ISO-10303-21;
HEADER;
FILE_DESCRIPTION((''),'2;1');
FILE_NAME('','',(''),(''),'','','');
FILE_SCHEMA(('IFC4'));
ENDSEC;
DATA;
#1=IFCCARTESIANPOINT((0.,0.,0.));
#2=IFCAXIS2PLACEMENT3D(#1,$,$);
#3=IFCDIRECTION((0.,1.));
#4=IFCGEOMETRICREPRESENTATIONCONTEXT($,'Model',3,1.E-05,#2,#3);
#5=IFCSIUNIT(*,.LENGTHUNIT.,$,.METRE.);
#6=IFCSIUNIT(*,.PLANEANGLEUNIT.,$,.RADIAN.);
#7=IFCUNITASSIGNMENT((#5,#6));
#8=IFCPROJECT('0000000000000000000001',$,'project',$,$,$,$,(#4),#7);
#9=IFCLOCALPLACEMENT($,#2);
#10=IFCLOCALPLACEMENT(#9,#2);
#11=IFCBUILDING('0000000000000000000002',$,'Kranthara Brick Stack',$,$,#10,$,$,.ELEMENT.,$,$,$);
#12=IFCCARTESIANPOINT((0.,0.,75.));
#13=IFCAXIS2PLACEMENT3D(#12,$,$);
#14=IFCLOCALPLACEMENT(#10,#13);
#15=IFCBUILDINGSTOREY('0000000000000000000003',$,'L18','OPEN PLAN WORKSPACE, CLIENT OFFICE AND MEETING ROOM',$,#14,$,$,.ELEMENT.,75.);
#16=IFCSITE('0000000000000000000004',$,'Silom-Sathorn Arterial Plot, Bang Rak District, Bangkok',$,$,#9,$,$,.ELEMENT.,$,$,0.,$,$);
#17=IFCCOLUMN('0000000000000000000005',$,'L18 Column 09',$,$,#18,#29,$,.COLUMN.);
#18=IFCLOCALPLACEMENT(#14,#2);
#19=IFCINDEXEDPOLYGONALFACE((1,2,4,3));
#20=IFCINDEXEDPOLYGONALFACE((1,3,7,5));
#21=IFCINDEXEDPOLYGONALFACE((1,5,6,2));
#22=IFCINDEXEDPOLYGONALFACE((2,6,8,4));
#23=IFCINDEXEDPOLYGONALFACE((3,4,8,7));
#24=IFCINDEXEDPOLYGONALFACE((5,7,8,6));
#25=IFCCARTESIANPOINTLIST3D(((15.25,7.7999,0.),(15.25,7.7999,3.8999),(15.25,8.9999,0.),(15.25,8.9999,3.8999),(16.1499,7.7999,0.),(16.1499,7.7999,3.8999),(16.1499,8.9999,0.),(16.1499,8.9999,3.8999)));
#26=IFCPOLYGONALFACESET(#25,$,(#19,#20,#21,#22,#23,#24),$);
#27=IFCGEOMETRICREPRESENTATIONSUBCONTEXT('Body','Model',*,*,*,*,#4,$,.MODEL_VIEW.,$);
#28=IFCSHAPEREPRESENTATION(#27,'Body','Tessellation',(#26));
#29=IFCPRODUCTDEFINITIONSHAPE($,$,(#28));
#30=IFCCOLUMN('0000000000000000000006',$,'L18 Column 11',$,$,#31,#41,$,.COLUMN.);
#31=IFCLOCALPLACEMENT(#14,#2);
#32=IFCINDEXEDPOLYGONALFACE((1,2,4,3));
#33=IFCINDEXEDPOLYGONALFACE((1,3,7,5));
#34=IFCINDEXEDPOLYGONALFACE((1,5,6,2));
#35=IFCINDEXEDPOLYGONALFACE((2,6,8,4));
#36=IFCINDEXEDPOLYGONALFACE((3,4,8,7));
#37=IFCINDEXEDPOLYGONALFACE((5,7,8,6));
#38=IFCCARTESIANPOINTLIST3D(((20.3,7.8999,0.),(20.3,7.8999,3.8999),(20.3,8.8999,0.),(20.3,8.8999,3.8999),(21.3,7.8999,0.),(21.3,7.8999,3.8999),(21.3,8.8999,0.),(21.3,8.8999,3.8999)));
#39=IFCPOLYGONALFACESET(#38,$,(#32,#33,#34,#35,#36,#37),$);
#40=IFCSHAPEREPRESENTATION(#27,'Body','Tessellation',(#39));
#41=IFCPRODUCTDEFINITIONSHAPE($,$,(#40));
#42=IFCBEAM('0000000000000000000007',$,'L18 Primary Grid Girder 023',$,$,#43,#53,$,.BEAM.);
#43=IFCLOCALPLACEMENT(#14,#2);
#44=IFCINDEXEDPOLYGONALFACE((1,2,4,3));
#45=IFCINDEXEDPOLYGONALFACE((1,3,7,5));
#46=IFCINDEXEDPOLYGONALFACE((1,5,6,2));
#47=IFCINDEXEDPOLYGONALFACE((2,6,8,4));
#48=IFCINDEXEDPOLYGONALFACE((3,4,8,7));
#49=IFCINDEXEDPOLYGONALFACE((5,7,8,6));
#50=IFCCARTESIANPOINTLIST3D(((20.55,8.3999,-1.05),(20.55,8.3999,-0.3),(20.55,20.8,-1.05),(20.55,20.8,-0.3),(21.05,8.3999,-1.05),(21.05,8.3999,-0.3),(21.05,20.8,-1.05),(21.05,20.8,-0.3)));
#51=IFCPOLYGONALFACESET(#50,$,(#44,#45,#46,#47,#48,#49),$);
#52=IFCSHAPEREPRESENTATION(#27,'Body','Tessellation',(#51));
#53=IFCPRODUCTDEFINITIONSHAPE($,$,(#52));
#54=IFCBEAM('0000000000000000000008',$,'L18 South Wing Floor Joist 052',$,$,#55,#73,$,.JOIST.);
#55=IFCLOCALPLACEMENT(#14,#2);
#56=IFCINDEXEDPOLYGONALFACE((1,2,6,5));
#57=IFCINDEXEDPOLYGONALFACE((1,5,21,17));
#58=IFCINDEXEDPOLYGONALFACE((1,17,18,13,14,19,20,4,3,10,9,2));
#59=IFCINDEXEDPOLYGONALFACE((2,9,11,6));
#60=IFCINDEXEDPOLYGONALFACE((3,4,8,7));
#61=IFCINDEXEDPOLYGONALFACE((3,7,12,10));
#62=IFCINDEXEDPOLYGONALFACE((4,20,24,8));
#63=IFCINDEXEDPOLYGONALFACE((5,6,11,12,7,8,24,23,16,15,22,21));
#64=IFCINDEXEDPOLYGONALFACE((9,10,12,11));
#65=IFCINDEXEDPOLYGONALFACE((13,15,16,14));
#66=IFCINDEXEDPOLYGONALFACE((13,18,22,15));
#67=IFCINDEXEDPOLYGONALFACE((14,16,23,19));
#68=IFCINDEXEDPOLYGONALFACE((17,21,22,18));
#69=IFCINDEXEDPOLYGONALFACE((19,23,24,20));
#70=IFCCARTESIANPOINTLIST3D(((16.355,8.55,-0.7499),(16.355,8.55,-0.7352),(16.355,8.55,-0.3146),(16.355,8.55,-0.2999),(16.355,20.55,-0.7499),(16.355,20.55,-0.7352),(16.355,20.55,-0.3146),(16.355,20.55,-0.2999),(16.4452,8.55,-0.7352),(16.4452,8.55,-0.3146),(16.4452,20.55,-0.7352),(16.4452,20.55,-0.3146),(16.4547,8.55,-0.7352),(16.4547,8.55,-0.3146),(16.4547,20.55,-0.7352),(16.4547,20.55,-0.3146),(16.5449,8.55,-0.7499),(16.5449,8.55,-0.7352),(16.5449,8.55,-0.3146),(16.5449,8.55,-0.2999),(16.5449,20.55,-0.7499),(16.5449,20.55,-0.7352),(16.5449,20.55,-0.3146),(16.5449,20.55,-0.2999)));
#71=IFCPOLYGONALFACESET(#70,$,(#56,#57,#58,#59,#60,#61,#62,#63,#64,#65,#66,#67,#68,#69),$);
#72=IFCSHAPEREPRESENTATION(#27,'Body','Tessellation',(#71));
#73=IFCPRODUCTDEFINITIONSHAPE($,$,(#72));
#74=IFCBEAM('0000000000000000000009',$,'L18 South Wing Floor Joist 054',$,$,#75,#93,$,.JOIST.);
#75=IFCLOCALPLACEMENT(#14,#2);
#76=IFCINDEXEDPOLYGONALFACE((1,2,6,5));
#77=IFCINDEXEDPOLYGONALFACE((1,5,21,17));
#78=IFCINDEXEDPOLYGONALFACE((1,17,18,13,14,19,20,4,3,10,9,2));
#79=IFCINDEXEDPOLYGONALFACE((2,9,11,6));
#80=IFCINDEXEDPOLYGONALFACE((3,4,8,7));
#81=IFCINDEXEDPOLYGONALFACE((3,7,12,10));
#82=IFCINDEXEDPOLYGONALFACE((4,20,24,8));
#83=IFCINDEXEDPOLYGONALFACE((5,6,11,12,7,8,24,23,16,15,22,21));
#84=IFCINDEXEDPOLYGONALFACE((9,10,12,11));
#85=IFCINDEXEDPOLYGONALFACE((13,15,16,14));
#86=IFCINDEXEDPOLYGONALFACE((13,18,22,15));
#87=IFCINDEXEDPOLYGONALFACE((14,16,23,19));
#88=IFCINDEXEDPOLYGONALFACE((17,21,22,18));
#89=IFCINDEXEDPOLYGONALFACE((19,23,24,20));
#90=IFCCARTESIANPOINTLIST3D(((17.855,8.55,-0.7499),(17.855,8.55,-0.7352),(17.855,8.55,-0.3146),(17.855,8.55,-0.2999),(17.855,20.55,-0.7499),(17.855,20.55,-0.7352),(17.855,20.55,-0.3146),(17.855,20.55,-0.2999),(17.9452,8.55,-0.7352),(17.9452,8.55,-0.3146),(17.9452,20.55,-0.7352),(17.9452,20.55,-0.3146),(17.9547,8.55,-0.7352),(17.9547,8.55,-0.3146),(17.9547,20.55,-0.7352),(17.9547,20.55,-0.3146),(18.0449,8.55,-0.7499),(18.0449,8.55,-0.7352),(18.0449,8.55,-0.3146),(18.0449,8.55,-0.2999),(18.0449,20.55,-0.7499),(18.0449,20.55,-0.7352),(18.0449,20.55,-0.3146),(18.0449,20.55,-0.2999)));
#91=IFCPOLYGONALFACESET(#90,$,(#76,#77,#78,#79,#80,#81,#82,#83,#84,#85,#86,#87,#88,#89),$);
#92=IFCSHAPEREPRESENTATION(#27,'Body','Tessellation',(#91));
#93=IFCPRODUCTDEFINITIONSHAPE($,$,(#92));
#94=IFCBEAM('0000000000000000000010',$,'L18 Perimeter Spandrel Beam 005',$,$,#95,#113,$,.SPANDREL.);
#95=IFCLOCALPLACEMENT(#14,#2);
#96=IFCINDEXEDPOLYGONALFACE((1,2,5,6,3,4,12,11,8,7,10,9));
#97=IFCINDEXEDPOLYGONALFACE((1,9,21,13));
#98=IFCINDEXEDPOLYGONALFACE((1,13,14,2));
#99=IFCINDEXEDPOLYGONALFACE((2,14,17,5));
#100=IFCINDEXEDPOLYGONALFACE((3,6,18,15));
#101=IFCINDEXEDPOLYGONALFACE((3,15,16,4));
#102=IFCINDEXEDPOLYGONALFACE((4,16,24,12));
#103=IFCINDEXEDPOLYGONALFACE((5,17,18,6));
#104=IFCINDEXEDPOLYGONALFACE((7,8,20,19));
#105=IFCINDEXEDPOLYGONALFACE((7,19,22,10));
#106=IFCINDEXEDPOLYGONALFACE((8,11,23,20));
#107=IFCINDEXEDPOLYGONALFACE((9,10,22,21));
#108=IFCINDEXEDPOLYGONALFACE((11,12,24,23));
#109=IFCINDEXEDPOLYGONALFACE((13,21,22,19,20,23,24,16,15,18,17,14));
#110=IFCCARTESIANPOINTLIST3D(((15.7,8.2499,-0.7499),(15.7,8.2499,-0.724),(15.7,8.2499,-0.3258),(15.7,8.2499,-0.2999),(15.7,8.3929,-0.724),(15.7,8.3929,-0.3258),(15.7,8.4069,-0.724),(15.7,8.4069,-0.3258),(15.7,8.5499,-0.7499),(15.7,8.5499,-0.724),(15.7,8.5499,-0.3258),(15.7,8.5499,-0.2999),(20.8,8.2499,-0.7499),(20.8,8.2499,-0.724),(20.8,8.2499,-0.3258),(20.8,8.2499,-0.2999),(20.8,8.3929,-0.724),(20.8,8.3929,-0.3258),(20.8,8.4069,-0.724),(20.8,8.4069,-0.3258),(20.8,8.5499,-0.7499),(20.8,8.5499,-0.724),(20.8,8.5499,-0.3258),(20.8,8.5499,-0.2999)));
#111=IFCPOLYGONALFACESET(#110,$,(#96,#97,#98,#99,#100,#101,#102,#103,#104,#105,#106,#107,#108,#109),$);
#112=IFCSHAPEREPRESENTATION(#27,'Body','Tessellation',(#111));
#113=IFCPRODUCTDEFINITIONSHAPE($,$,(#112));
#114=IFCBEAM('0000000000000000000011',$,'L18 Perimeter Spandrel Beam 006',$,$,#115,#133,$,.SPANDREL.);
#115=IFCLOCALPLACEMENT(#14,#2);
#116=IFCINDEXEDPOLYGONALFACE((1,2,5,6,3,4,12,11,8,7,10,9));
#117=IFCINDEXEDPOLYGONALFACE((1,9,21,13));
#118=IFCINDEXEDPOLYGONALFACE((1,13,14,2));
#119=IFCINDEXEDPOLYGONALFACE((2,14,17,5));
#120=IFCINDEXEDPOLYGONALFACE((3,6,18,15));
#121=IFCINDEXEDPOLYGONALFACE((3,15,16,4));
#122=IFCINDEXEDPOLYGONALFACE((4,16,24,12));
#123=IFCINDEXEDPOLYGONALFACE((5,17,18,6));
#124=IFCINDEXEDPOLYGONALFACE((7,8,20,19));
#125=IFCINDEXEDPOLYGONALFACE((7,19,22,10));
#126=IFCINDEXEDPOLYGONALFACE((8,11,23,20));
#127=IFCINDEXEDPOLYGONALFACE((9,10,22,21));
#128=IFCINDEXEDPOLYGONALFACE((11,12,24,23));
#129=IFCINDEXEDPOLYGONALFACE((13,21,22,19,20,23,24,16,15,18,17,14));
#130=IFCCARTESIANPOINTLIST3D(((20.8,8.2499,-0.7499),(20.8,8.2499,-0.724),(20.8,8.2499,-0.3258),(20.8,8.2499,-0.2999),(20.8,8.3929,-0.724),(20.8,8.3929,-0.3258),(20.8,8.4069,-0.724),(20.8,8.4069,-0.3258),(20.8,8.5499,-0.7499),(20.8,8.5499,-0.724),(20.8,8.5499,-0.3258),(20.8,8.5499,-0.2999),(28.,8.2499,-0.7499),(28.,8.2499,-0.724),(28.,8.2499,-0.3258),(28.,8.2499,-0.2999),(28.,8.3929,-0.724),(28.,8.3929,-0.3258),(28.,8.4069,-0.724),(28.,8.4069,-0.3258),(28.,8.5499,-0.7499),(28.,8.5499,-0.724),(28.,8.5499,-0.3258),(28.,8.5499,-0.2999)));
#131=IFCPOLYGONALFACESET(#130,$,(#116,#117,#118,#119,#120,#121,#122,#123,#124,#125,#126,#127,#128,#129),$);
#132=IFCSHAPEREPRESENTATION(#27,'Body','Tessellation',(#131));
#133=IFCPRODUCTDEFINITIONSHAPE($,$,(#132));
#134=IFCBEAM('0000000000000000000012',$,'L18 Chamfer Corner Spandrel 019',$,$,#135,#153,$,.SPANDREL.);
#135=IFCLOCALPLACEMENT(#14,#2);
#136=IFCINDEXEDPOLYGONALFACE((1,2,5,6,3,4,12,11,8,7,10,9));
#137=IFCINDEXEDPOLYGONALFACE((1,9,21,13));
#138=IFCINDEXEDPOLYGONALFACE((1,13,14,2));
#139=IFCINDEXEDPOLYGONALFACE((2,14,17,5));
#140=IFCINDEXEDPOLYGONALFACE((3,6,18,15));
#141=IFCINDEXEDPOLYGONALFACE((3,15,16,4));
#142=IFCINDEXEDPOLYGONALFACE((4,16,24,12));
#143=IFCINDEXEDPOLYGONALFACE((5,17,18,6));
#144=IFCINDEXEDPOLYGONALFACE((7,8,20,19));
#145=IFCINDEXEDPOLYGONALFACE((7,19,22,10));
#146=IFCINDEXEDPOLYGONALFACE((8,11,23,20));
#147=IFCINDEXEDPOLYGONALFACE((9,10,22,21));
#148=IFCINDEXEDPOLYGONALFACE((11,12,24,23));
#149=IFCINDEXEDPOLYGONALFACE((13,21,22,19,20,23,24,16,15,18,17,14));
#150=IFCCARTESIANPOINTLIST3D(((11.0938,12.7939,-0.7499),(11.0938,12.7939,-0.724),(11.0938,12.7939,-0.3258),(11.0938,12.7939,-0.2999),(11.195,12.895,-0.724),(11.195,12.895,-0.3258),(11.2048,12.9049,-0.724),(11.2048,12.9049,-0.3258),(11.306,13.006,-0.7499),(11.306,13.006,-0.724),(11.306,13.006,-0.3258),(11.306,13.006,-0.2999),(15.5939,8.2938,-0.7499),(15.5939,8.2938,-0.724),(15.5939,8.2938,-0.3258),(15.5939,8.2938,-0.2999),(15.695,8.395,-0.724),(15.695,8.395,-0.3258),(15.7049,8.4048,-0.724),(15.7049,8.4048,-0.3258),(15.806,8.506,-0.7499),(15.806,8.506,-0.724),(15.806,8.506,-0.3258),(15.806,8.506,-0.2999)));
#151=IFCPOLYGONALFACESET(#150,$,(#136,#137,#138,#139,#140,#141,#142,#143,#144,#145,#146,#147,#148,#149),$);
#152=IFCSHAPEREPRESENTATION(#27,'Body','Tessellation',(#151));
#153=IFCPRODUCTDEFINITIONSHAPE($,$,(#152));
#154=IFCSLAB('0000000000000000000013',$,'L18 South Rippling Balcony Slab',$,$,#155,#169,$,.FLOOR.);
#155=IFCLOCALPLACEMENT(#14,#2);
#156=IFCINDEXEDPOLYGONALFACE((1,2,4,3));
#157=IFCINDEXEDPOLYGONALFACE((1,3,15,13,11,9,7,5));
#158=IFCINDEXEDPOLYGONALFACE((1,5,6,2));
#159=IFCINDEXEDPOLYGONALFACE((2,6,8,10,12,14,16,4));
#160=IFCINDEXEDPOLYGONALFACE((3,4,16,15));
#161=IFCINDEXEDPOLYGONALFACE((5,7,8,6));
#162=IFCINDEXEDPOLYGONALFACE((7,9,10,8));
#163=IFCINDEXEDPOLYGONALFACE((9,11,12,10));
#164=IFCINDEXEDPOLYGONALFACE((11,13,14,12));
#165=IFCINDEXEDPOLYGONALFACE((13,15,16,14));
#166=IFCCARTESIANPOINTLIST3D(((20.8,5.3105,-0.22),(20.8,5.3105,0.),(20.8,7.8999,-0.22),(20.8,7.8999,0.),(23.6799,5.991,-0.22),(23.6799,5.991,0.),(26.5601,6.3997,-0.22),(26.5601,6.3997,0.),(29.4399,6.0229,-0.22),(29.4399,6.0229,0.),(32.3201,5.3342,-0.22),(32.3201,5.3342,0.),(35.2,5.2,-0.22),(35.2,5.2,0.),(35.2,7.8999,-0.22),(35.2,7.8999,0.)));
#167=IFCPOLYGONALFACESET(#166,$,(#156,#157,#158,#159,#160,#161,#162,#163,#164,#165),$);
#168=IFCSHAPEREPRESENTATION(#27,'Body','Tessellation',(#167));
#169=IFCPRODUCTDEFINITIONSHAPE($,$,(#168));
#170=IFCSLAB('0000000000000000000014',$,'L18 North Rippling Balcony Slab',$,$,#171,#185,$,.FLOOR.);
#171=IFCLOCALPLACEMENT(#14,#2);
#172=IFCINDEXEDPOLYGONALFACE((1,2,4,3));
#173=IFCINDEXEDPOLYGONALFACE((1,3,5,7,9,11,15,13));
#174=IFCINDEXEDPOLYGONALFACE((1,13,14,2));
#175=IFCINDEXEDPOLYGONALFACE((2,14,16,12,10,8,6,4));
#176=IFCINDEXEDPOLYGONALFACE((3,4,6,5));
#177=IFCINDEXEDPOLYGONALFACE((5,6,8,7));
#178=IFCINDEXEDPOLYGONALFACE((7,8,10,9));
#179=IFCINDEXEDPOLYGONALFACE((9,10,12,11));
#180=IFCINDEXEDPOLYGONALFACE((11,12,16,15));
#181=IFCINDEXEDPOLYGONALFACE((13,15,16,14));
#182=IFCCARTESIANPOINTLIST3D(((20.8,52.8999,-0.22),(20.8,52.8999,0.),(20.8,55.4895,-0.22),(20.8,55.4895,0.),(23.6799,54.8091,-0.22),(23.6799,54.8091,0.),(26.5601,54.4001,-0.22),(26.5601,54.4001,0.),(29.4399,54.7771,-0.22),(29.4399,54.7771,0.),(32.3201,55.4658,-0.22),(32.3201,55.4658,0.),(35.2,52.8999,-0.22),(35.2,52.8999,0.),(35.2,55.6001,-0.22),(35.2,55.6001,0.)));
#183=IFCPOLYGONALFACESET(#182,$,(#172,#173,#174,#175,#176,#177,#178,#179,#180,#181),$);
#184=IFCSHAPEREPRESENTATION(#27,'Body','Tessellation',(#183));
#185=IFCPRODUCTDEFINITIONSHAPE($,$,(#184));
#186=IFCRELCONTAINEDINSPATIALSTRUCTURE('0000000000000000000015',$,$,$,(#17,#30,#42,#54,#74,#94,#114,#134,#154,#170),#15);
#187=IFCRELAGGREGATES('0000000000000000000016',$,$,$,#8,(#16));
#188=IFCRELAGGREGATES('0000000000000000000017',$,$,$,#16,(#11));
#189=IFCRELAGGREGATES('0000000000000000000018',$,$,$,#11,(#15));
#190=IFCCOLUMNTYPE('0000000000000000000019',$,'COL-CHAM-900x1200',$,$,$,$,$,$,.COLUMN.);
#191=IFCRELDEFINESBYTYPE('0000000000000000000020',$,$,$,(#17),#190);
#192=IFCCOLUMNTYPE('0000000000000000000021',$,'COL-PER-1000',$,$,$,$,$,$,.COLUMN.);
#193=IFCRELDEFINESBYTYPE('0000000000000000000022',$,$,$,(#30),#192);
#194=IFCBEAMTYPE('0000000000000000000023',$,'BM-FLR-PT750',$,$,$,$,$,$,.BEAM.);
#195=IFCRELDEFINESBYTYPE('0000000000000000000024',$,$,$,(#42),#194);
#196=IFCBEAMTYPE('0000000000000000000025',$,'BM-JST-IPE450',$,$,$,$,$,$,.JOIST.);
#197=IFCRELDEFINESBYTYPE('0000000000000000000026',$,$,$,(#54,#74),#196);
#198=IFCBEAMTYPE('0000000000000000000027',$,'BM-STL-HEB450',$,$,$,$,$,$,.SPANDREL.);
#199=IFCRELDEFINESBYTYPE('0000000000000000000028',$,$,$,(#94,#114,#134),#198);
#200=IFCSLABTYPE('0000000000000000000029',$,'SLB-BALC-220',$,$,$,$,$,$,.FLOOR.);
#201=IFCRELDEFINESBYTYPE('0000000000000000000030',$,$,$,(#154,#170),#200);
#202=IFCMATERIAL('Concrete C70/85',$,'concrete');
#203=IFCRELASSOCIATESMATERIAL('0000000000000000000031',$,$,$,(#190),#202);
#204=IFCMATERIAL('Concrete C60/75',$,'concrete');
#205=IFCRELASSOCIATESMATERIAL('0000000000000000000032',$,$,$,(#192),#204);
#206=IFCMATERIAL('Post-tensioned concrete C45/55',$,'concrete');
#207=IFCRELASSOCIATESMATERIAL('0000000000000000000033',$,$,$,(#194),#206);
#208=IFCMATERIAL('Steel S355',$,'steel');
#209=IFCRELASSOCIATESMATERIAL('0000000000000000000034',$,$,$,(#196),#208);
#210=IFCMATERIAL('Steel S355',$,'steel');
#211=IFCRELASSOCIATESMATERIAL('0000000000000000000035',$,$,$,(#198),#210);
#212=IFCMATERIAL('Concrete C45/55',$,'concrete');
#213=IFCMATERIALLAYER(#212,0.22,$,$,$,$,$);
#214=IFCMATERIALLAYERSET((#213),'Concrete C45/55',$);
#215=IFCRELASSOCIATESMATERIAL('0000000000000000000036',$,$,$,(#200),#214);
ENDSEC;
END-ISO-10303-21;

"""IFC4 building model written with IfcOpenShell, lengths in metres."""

from ifc_helpers import new_model, si_unit, direction, frame, origin, origin_2d, place, context, subcontext, project, spatial, polyline, rectangle, i_section, outline, extrude, material, layer, layer_set, material_profile, profile_set, type_object, element, save


model = new_model("IFC4")

# Units and contexts
model_context = context("Model", 3, precision=1e-05, world=origin(), true_north=direction((0.0, 1.0)))
body_context = subcontext(model_context, "Body", "Model", "MODEL_VIEW")
ifc_project = project(units=[si_unit("LENGTHUNIT", "METRE"), si_unit("PLANEANGLEUNIT", "RADIAN")], contexts=[model_context])

# Site, building, storey
site_placement = place(None, origin())
site = spatial("IfcSite", under=ifc_project, at=site_placement, Name="Silom-Sathorn Arterial Plot, Bang Rak District, Bangkok", CompositionType="ELEMENT", RefElevation=0.0)
building_placement = place(site_placement, origin())
building = spatial("IfcBuilding", under=site, at=building_placement, Name="Kranthara Brick Stack", CompositionType="ELEMENT")
storey_placement = place(building_placement, frame((0.0, 0.0, 75.0)))
storey = spatial("IfcBuildingStorey", under=building, at=storey_placement, Name="L18", Description="OPEN PLAN WORKSPACE, CLIENT OFFICE AND MEETING ROOM", CompositionType="ELEMENT", Elevation=75.0)

# Columns
ifc_material_1 = material(Name="Concrete C70/85", Category="concrete")
ifc_material_profile_1 = material_profile(ifc_material_1, rectangle(XDim=0.8999, YDim=1.2, at=origin_2d()), Name="RC 900x1200")
ifc_profile_set_1 = profile_set([ifc_material_profile_1], Name="Concrete C70/85")
column_type_1 = type_object("IfcColumnType", Name="COL-CHAM-900x1200", PredefinedType="COLUMN", material=ifc_profile_set_1)
column_1_placement = place(storey_placement, frame((15.7, 8.3999, 0.0), z_axis=(0.0, 0.0, 1.0), x_axis=(1.0, 0.0, 0.0)))
element("IfcColumn", 1, at=column_1_placement, inside=storey, type_object=column_type_1, Name="L18 Column 09", PredefinedType="COLUMN", context=body_context, shape_type="SweptSolid", body=[
    extrude(rectangle(XDim=0.8999, YDim=1.2, at=origin_2d()), origin(), (0.0, 0.0, 1.0), 3.8999),
])
ifc_material_2 = material(Name="Concrete C60/75", Category="concrete")
ifc_material_profile_2 = material_profile(ifc_material_2, rectangle(XDim=1.0, YDim=1.0, at=origin_2d()), Name="RC 1000x1000")
ifc_profile_set_2 = profile_set([ifc_material_profile_2], Name="Concrete C60/75")
column_type_2 = type_object("IfcColumnType", Name="COL-PER-1000", PredefinedType="COLUMN", material=ifc_profile_set_2)
column_2_placement = place(storey_placement, frame((20.8, 8.3999, 0.0), z_axis=(0.0, 0.0, 1.0), x_axis=(1.0, 0.0, 0.0)))
element("IfcColumn", 2, at=column_2_placement, inside=storey, type_object=column_type_2, Name="L18 Column 11", PredefinedType="COLUMN", context=body_context, shape_type="SweptSolid", body=[
    extrude(rectangle(XDim=1.0, YDim=1.0, at=origin_2d()), origin(), (0.0, 0.0, 1.0), 3.8999),
])

# Beams
ifc_material_3 = material(Name="Post-tensioned concrete C45/55", Category="concrete")
ifc_material_profile_3 = material_profile(ifc_material_3, rectangle(XDim=0.5, YDim=0.75, at=origin_2d()), Name="PT 500x750")
ifc_profile_set_3 = profile_set([ifc_material_profile_3], Name="Post-tensioned concrete C45/55")
beam_type_1 = type_object("IfcBeamType", Name="BM-FLR-PT750", PredefinedType="BEAM", material=ifc_profile_set_3)
beam_1_placement = place(storey_placement, frame((20.8, 8.3999, -0.675), z_axis=(0.0, 1.0, 0.0), x_axis=(-1.0, 0.0, 0.0)))
element("IfcBeam", 3, at=beam_1_placement, inside=storey, type_object=beam_type_1, Name="L18 Primary Grid Girder 023", PredefinedType="BEAM", context=body_context, shape_type="SweptSolid", body=[
    extrude(rectangle(XDim=0.5, YDim=0.75, at=origin_2d()), origin(), (0.0, 0.0, 1.0), 12.4001),
])
ifc_material_4 = material(Name="Steel S355", Category="steel")
ifc_material_profile_4 = material_profile(ifc_material_4, i_section(OverallWidth=0.1899, OverallDepth=0.45, WebThickness=0.0095, FlangeThickness=0.0146, at=origin_2d()), Name="IPE 450")
ifc_profile_set_4 = profile_set([ifc_material_profile_4], Name="Steel S355")
beam_type_2 = type_object("IfcBeamType", Name="BM-JST-IPE450", PredefinedType="JOIST", material=ifc_profile_set_4)
for number, where, z_axis, x_axis, name in (
    (4, (16.45, 8.55, -0.5249), (0.0, 1.0, 0.0), (-1.0, 0.0, 0.0), "L18 South Wing Floor Joist 052"),
    (5, (17.95, 8.55, -0.5249), (0.0, 1.0, 0.0), (-1.0, 0.0, 0.0), "L18 South Wing Floor Joist 054"),
):
    element("IfcBeam", number, at=place(storey_placement, frame(where, z_axis=z_axis, x_axis=x_axis)), inside=storey, type_object=beam_type_2, Name=name, PredefinedType="JOIST", context=body_context, shape_type="SweptSolid", body=[
        extrude(i_section(OverallWidth=0.1899, OverallDepth=0.45, WebThickness=0.0095, FlangeThickness=0.0146, at=origin_2d()), origin(), (0.0, 0.0, 1.0), 12.0),
    ])
ifc_material_5 = material(Name="Steel S355", Category="steel")
ifc_material_profile_5 = material_profile(ifc_material_5, i_section(OverallWidth=0.3, OverallDepth=0.45, WebThickness=0.0139, FlangeThickness=0.0259, at=origin_2d()), Name="HEB 450")
ifc_profile_set_5 = profile_set([ifc_material_profile_5], Name="Steel S355")
beam_type_3 = type_object("IfcBeamType", Name="BM-STL-HEB450", PredefinedType="SPANDREL", material=ifc_profile_set_5)
beam_2_placement = place(storey_placement, frame((15.7, 8.3999, -0.5249), z_axis=(1.0, 0.0, 0.0), x_axis=(0.0, 1.0, 0.0)))
element("IfcBeam", 6, at=beam_2_placement, inside=storey, type_object=beam_type_3, Name="L18 Perimeter Spandrel Beam 005", PredefinedType="SPANDREL", context=body_context, shape_type="SweptSolid", body=[
    extrude(i_section(OverallWidth=0.3, OverallDepth=0.45, WebThickness=0.0139, FlangeThickness=0.0259, at=origin_2d()), origin(), (0.0, 0.0, 1.0), 5.1001),
])
beam_3_placement = place(storey_placement, frame((20.8, 8.3999, -0.5249), z_axis=(1.0, 0.0, 0.0), x_axis=(0.0, 1.0, 0.0)))
element("IfcBeam", 7, at=beam_3_placement, inside=storey, type_object=beam_type_3, Name="L18 Perimeter Spandrel Beam 006", PredefinedType="SPANDREL", context=body_context, shape_type="SweptSolid", body=[
    extrude(i_section(OverallWidth=0.3, OverallDepth=0.45, WebThickness=0.0139, FlangeThickness=0.0259, at=origin_2d()), origin(), (0.0, 0.0, 1.0), 7.2),
])
beam_4_placement = place(storey_placement, frame((15.7, 8.3999, -0.5249), z_axis=(-0.707107, 0.707107, 0.0), x_axis=(-0.707107, -0.707107, 0.0)))
element("IfcBeam", 8, at=beam_4_placement, inside=storey, type_object=beam_type_3, Name="L18 Chamfer Corner Spandrel 019", PredefinedType="SPANDREL", context=body_context, shape_type="SweptSolid", body=[
    extrude(i_section(OverallWidth=0.3, OverallDepth=0.45, WebThickness=0.0139, FlangeThickness=0.0259, at=origin_2d()), origin(), (0.0, 0.0, 1.0), 6.364),
])

# Slabs
ifc_material_6 = material(Name="Concrete C45/55", Category="concrete")
ifc_layer_1 = layer(ifc_material_6, 0.22)
ifc_layer_set_1 = layer_set([ifc_layer_1], Name="Concrete C45/55")
slab_type_1 = type_object("IfcSlabType", Name="SLB-BALC-220", PredefinedType="FLOOR", material=ifc_layer_set_1)
slab_1_placement = place(storey_placement, frame((0.0, 0.0, -0.22)))
element("IfcSlab", 9, at=slab_1_placement, inside=storey, type_object=slab_type_1, Name="L18 South Rippling Balcony Slab", PredefinedType="FLOOR", context=body_context, shape_type="SweptSolid", body=[
    extrude(outline(polyline([(20.8, 7.8999), (35.2, 7.8999), (35.2, 5.2), (32.3201, 5.3342), (29.4399, 6.0229), (26.5601, 6.3997), (23.6799, 5.991), (20.8, 5.3105), (20.8, 7.8999)])), origin(), (0.0, 0.0, 1.0), 0.22),
])
slab_2_placement = place(storey_placement, frame((0.0, 0.0, -0.22)))
element("IfcSlab", 10, at=slab_2_placement, inside=storey, type_object=slab_type_1, Name="L18 North Rippling Balcony Slab", PredefinedType="FLOOR", context=body_context, shape_type="SweptSolid", body=[
    extrude(outline(polyline([(35.2, 52.8999), (20.8, 52.8999), (20.8, 55.4895), (23.6799, 54.8091), (26.5601, 54.4001), (29.4399, 54.7771), (32.3201, 55.4658), (35.2, 55.6001), (35.2, 52.8999)])), origin(), (0.0, 0.0, 1.0), 0.22),
])

save(model, "model.ifc")
